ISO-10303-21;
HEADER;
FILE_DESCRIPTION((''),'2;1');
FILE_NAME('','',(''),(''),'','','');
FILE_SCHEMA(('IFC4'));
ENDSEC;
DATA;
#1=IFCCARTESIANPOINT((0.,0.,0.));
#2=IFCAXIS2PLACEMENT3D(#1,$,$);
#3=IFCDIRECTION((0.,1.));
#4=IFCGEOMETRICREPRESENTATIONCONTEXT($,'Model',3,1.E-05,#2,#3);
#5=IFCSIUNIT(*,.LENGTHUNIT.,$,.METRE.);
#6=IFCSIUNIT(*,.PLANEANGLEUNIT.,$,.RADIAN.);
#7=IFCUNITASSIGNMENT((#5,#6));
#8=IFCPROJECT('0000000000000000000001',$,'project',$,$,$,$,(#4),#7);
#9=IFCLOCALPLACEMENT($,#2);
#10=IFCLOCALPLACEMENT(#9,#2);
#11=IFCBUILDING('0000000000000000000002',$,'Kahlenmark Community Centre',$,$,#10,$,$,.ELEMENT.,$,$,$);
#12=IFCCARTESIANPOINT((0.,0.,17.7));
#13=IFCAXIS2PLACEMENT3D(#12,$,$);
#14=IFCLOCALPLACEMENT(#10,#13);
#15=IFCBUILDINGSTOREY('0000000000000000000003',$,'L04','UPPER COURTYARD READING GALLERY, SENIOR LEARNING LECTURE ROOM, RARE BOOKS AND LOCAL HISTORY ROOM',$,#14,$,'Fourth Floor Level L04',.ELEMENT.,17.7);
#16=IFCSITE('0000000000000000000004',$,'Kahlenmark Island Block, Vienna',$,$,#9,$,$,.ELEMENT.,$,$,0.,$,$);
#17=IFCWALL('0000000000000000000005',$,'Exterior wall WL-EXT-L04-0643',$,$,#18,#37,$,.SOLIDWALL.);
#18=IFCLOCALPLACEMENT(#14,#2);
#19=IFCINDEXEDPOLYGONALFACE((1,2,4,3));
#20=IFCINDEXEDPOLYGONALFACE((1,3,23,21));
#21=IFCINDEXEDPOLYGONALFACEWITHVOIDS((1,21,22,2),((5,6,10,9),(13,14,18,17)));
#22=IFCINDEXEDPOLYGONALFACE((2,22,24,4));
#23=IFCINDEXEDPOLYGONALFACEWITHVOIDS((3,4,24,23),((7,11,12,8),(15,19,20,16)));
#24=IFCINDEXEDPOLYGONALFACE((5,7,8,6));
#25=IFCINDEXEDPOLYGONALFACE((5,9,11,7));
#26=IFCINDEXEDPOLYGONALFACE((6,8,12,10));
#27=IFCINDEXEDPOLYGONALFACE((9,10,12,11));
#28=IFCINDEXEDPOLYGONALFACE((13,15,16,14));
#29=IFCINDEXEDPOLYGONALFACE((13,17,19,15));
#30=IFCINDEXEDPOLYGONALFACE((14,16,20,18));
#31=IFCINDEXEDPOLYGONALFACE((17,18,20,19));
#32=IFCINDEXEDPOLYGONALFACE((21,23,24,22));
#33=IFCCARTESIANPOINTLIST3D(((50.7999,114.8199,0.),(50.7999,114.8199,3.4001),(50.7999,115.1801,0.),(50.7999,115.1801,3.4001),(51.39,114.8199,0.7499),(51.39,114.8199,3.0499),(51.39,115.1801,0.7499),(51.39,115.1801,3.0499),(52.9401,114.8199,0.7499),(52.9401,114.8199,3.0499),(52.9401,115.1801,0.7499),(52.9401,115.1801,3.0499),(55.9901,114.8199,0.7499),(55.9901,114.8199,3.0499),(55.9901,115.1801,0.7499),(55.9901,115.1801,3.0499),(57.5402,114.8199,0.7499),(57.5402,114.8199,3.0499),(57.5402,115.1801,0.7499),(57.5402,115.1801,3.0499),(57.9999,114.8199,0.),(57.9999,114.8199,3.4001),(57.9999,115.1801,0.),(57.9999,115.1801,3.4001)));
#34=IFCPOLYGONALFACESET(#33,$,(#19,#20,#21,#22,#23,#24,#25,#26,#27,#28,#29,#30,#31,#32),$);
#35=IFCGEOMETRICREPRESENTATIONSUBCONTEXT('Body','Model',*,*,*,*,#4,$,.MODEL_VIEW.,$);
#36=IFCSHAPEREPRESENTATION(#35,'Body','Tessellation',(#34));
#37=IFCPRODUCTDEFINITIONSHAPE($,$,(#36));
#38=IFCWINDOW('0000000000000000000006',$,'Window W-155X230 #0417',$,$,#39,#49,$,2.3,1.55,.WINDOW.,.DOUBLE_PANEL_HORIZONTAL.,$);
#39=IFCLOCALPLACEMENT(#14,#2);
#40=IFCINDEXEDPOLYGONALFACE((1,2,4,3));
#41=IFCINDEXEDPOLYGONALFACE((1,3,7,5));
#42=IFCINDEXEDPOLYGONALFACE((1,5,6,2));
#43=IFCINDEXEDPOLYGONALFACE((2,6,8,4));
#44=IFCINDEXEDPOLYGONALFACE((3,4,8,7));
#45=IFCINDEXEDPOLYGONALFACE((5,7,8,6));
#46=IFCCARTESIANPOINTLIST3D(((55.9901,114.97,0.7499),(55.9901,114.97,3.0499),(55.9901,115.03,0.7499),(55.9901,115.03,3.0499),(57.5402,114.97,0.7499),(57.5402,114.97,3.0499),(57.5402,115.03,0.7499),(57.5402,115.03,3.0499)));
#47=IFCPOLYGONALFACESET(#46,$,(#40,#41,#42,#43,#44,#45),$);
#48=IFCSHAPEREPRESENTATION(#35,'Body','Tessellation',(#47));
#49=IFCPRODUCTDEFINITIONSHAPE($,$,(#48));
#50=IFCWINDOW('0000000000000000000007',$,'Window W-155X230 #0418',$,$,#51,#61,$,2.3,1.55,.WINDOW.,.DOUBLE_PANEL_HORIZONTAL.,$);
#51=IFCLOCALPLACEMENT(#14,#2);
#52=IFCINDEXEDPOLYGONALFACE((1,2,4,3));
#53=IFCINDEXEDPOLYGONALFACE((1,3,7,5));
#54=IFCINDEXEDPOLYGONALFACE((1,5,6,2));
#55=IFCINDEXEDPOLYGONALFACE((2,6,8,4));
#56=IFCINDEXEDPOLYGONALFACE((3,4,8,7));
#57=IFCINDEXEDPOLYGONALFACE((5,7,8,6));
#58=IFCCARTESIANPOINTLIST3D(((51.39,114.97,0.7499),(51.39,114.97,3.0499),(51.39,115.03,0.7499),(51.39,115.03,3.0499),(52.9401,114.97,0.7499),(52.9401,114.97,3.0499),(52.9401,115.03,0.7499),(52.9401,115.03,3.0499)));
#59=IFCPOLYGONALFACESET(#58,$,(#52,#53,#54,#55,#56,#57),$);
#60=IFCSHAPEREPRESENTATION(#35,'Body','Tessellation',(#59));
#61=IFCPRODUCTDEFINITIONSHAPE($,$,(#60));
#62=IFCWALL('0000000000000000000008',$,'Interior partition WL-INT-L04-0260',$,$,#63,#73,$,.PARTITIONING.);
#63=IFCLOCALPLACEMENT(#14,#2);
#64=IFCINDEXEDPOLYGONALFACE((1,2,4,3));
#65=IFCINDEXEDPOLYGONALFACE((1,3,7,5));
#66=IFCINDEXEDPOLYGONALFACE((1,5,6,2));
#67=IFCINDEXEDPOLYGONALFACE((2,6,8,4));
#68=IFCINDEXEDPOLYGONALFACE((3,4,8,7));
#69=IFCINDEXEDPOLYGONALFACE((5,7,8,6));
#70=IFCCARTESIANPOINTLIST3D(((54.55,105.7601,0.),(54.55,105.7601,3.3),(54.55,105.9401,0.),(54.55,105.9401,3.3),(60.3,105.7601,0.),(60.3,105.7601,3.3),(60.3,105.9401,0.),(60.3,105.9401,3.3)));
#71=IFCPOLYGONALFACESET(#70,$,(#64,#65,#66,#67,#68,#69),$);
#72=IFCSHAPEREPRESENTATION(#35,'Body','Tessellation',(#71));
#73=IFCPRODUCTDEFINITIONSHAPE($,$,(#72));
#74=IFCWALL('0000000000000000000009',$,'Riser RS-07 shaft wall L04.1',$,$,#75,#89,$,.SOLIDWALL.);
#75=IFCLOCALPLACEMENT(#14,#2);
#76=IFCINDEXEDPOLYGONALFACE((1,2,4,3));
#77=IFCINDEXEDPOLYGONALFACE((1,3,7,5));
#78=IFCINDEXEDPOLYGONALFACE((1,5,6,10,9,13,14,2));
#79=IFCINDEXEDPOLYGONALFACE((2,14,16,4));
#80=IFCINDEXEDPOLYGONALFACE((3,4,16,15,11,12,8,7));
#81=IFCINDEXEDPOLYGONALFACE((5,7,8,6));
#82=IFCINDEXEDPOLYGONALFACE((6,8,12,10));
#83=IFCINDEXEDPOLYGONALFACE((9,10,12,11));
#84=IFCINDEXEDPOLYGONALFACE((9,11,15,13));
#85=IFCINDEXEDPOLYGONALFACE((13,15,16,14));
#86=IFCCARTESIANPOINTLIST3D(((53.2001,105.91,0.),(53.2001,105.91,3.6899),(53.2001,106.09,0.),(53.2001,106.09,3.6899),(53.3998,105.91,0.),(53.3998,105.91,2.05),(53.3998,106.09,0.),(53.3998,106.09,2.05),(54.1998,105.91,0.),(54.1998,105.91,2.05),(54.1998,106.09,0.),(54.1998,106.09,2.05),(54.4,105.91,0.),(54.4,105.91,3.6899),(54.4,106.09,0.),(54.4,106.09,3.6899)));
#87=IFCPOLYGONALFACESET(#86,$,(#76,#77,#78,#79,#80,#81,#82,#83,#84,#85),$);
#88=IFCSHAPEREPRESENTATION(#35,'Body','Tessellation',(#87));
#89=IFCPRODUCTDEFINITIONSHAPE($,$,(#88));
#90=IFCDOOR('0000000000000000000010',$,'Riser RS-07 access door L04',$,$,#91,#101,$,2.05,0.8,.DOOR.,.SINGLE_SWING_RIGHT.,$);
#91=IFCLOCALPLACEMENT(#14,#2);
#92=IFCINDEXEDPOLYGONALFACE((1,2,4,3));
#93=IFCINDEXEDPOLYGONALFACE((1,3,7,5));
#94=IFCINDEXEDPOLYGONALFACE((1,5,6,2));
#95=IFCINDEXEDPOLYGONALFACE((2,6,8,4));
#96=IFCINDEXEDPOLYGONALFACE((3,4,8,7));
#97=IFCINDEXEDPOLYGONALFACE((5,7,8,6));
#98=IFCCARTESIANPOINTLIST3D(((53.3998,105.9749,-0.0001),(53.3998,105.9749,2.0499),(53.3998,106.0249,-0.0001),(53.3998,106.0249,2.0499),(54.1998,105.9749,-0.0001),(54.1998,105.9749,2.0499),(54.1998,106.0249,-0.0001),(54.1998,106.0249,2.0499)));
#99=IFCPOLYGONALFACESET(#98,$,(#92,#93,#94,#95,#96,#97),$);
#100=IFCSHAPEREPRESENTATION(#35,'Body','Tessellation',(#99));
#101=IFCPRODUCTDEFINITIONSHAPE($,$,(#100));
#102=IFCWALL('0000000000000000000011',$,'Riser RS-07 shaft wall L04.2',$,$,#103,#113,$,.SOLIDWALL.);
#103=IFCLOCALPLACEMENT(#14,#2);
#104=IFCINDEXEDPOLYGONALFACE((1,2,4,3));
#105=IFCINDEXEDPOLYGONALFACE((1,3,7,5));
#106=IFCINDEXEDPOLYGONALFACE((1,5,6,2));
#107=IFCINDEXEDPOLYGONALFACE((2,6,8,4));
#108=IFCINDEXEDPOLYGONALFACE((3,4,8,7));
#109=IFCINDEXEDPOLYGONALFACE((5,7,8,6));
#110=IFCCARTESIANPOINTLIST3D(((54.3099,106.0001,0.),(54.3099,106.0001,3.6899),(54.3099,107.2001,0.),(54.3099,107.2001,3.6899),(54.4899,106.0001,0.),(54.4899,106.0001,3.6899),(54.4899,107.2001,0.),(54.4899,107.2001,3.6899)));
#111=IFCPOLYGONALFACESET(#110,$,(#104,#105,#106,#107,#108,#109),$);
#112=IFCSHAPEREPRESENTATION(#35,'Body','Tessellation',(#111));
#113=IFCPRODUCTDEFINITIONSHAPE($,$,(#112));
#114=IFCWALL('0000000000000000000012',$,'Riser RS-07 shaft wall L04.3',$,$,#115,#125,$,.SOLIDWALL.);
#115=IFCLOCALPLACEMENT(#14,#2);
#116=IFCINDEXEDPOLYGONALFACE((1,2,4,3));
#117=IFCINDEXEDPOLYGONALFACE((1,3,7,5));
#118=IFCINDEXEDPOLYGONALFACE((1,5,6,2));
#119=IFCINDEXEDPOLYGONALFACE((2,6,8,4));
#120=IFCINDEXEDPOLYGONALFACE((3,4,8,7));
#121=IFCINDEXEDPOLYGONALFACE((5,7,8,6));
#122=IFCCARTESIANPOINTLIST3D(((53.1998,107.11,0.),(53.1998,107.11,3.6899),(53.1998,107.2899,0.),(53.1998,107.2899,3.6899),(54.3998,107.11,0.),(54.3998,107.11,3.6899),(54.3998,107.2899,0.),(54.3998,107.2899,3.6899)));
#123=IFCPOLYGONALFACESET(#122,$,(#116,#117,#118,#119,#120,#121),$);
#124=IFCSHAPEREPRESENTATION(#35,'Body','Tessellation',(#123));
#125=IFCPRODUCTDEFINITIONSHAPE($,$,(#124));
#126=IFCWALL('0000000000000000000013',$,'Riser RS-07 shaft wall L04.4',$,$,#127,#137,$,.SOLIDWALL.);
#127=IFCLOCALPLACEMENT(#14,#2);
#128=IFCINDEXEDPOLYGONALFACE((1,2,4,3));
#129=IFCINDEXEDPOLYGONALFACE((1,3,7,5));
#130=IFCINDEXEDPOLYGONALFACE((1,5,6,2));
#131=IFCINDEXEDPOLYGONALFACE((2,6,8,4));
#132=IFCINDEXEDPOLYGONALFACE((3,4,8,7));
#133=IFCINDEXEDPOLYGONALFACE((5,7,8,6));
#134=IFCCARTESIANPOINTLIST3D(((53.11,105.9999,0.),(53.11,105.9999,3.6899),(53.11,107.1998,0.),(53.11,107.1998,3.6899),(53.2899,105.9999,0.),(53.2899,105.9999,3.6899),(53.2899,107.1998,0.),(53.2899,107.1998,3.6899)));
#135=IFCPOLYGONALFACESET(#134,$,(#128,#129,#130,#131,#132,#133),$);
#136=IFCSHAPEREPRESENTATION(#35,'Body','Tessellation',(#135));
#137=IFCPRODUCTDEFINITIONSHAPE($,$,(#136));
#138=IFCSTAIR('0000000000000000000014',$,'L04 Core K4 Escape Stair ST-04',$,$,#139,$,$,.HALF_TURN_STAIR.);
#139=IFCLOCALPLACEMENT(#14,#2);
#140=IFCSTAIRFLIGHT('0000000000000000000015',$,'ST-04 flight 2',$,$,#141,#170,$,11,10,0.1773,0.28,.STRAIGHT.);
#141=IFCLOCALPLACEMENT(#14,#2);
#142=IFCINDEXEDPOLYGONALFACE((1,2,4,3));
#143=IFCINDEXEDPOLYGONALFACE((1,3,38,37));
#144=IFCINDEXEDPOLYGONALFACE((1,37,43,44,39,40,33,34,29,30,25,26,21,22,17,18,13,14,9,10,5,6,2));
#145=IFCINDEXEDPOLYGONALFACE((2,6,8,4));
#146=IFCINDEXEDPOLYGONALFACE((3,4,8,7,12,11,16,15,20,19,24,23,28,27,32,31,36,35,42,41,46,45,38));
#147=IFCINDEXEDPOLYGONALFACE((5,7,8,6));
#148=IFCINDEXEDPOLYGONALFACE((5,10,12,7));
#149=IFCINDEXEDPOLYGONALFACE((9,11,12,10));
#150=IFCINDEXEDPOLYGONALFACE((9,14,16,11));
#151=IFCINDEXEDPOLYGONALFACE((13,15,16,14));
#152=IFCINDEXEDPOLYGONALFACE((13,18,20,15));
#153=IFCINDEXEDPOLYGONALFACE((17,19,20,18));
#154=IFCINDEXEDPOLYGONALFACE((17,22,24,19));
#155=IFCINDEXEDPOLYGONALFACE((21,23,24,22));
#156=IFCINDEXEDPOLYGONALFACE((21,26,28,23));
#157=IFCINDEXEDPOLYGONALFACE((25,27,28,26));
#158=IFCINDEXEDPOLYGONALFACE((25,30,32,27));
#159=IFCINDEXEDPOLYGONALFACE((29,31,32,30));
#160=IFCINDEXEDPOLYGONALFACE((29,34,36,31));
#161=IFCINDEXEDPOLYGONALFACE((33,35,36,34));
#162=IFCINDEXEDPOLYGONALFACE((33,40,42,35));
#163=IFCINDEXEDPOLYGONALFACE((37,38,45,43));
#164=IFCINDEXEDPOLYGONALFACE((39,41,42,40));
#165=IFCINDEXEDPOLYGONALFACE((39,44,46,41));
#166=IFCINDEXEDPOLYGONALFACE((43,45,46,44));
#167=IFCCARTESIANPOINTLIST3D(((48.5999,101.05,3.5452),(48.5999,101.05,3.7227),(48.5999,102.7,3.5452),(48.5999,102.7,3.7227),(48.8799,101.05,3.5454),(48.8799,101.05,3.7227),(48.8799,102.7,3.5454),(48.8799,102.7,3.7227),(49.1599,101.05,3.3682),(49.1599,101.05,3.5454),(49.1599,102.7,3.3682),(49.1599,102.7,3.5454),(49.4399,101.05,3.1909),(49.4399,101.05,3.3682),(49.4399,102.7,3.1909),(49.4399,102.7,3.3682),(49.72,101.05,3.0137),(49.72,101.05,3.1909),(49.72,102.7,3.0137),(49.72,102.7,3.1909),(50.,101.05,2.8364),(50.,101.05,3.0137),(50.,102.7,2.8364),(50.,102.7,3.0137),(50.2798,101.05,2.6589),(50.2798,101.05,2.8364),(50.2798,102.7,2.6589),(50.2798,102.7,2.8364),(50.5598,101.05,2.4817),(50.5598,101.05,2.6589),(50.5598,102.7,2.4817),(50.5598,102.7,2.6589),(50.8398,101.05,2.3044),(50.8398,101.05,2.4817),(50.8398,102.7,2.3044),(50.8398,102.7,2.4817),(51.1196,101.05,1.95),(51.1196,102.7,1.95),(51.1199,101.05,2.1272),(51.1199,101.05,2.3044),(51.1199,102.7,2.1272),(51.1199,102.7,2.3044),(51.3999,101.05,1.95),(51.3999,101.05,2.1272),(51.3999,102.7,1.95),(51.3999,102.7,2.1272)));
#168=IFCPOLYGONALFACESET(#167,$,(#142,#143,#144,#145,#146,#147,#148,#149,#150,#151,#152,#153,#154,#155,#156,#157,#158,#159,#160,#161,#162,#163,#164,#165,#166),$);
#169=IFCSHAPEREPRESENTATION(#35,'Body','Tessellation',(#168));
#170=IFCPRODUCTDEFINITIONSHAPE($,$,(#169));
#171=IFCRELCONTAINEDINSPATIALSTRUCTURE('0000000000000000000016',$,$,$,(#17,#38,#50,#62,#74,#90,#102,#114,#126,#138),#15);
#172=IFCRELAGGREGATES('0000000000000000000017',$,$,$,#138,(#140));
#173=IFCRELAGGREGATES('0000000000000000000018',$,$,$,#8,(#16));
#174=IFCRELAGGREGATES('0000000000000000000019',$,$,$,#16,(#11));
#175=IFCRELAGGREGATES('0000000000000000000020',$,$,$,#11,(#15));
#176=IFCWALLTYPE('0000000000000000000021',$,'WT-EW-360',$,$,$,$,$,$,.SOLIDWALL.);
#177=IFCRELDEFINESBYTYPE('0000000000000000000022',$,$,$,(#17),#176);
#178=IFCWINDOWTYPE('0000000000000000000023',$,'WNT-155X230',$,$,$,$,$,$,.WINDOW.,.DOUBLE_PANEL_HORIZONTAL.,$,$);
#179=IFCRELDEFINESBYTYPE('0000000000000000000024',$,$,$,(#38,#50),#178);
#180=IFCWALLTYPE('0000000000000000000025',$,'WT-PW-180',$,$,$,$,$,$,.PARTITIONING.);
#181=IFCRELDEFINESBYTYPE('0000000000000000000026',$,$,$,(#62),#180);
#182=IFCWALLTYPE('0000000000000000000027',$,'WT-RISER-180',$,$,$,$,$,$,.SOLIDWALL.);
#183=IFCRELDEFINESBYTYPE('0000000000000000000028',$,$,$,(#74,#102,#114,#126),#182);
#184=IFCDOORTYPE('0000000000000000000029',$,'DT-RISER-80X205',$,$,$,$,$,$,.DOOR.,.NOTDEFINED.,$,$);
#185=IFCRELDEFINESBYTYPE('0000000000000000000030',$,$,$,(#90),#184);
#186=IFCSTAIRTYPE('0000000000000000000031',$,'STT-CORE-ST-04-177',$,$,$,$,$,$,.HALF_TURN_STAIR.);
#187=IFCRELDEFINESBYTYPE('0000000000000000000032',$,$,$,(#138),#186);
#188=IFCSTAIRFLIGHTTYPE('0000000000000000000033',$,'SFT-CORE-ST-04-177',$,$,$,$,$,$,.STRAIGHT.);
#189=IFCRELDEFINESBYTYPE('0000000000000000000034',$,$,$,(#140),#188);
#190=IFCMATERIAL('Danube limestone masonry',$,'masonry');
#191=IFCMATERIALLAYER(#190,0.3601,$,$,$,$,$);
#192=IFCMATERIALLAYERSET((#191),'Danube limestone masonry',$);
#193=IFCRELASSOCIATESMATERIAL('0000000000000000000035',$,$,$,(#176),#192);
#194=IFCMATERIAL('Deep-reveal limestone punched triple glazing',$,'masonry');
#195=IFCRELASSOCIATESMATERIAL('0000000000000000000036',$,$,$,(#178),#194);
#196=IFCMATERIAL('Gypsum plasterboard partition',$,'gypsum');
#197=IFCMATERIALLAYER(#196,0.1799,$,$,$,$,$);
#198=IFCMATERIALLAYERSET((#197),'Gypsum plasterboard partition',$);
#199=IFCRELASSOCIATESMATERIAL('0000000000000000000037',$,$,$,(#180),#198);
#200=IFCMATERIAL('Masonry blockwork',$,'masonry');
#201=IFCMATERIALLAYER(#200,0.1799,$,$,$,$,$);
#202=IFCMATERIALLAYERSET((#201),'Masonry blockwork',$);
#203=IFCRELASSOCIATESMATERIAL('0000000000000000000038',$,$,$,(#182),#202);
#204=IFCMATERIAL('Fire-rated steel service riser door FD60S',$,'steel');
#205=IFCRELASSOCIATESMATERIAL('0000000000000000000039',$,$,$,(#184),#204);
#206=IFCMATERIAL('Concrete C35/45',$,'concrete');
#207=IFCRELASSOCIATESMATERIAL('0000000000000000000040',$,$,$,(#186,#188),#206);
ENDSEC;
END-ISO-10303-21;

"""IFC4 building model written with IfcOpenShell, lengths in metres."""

from ifc_helpers import new_model, si_unit, direction, frame, frame_2d, origin, place, context, subcontext, project, spatial, polyline, rectangle, outline, extrude, material, layer, layer_set, type_object, element, fill, aggregate, save


model = new_model("IFC4")

# Units and contexts
model_context = context("Model", 3, precision=1e-05, world=origin(), true_north=direction((0.0, 1.0)))
body_context = subcontext(model_context, "Body", "Model", "MODEL_VIEW")
ifc_project = project(units=[si_unit("LENGTHUNIT", "METRE"), si_unit("PLANEANGLEUNIT", "RADIAN")], contexts=[model_context])

# Site, building, storey
site_placement = place(None, origin())
site = spatial("IfcSite", under=ifc_project, at=site_placement, Name="Kahlenmark Island Block, Vienna", CompositionType="ELEMENT", RefElevation=0.0)
building_placement = place(site_placement, origin())
building = spatial("IfcBuilding", under=site, at=building_placement, Name="Kahlenmark Community Centre", CompositionType="ELEMENT")
storey_placement = place(building_placement, frame((0.0, 0.0, 17.7)))
storey = spatial("IfcBuildingStorey", under=building, at=storey_placement, Name="L04", Description="UPPER COURTYARD READING GALLERY, SENIOR LEARNING LECTURE ROOM, RARE BOOKS AND LOCAL HISTORY ROOM", LongName="Fourth Floor Level L04", CompositionType="ELEMENT", Elevation=17.7)

# Shared definitions
ifc_material_1 = material(Name="Concrete C35/45", Category="concrete")

# Wall, openings, windows
ifc_material_2 = material(Name="Danube limestone masonry", Category="masonry")
ifc_layer_1 = layer(ifc_material_2, 0.3601)
ifc_layer_set_1 = layer_set([ifc_layer_1], Name="Danube limestone masonry")
wall_type_1 = type_object("IfcWallType", Name="WT-EW-360", PredefinedType="SOLIDWALL", material=ifc_layer_set_1)
ifc_material_3 = material(Name="Deep-reveal limestone punched triple glazing", Category="masonry")
wall_1_placement = place(storey_placement, frame((58.0, 115.0, 0.0), z_axis=(0.0, 0.0, 1.0), x_axis=(-1.0, 0.0, 0.0)))
wall_1 = element("IfcWall", 1, at=wall_1_placement, inside=storey, type_object=wall_type_1, Name="Exterior wall WL-EXT-L04-0643", PredefinedType="SOLIDWALL", context=body_context, shape_type="SweptSolid", body=[
    extrude(rectangle(XDim=7.2, YDim=0.3601, at=frame_2d((3.6001, 0.0))), origin(), (0.0, 0.0, 1.0), 3.4001),
])
opening_1_placement = place(wall_1_placement, frame((0.46, 0.0, 0.75)))
opening_1 = element("IfcOpeningElement", 2, at=opening_1_placement, cuts=wall_1, PredefinedType="OPENING", context=body_context, shape_type="SweptSolid", body=[
    extrude(rectangle(XDim=1.55, YDim=2.3, at=frame_2d((0.7749, 1.1499))), frame((0.0, 0.1899, 0.0), z_axis=(0.0, -1.0, 0.0), x_axis=(1.0, 0.0, 0.0)), (0.0, 0.0, 1.0), 0.3801),
])
opening_2_placement = place(wall_1_placement, frame((5.0601, 0.0, 0.75)))
opening_2 = element("IfcOpeningElement", 3, at=opening_2_placement, cuts=wall_1, PredefinedType="OPENING", context=body_context, shape_type="SweptSolid", body=[
    extrude(rectangle(XDim=1.55, YDim=2.3, at=frame_2d((0.7749, 1.1499))), frame((0.0, 0.1899, 0.0), z_axis=(0.0, -1.0, 0.0), x_axis=(1.0, 0.0, 0.0)), (0.0, 0.0, 1.0), 0.3801),
])
window_type_1 = type_object("IfcWindowType", Name="WNT-155X230", PartitioningType="DOUBLE_PANEL_HORIZONTAL", PredefinedType="WINDOW", material=ifc_material_3)
window_1_placement = place(opening_1_placement, origin())
window_1 = element("IfcWindow", 4, at=window_1_placement, inside=storey, type_object=window_type_1, Name="Window W-155X230 #0417", OverallHeight=2.3, OverallWidth=1.55, PartitioningType="DOUBLE_PANEL_HORIZONTAL", PredefinedType="WINDOW", context=body_context, shape_type="SweptSolid", body=[
    extrude(rectangle(XDim=1.55, YDim=2.3, at=frame_2d((0.7749, 1.1499))), frame((0.0, 0.03, 0.0), z_axis=(0.0, -1.0, 0.0), x_axis=(1.0, 0.0, 0.0)), (0.0, 0.0, 1.0), 0.0601),
])
fill(opening_1, window_1)
window_2_placement = place(opening_2_placement, origin())
window_2 = element("IfcWindow", 5, at=window_2_placement, inside=storey, type_object=window_type_1, Name="Window W-155X230 #0418", OverallHeight=2.3, OverallWidth=1.55, PartitioningType="DOUBLE_PANEL_HORIZONTAL", PredefinedType="WINDOW", context=body_context, shape_type="SweptSolid", body=[
    extrude(rectangle(XDim=1.55, YDim=2.3, at=frame_2d((0.7749, 1.1499))), frame((0.0, 0.03, 0.0), z_axis=(0.0, -1.0, 0.0), x_axis=(1.0, 0.0, 0.0)), (0.0, 0.0, 1.0), 0.0601),
])
fill(opening_2, window_2)

# Wall
ifc_material_4 = material(Name="Gypsum plasterboard partition", Category="gypsum")
ifc_layer_2 = layer(ifc_material_4, 0.1799)
ifc_layer_set_2 = layer_set([ifc_layer_2], Name="Gypsum plasterboard partition")
wall_type_2 = type_object("IfcWallType", Name="WT-PW-180", PredefinedType="PARTITIONING", material=ifc_layer_set_2)
wall_2_placement = place(storey_placement, frame((54.55, 105.8501, 0.0), z_axis=(0.0, 0.0, 1.0), x_axis=(1.0, 0.0, 0.0)))
element("IfcWall", 6, at=wall_2_placement, inside=storey, type_object=wall_type_2, Name="Interior partition WL-INT-L04-0260", PredefinedType="PARTITIONING", context=body_context, shape_type="SweptSolid", body=[
    extrude(rectangle(XDim=5.75, YDim=0.1799, at=frame_2d((2.875, 0.0))), origin(), (0.0, 0.0, 1.0), 3.3),
])

# Wall, opening, door
ifc_material_5 = material(Name="Masonry blockwork", Category="masonry")
ifc_layer_3 = layer(ifc_material_5, 0.1799)
ifc_layer_set_3 = layer_set([ifc_layer_3], Name="Masonry blockwork")
wall_type_3 = type_object("IfcWallType", Name="WT-RISER-180", PredefinedType="SOLIDWALL", material=ifc_layer_set_3)
wall_3_placement = place(storey_placement, frame((53.2, 106.0, 0.0), z_axis=(0.0, 0.0, 1.0), x_axis=(1.0, 0.0, 0.0)))
wall_3 = element("IfcWall", 7, at=wall_3_placement, inside=storey, type_object=wall_type_3, Name="Riser RS-07 shaft wall L04.1", PredefinedType="SOLIDWALL", context=body_context, shape_type="SweptSolid", body=[
    extrude(rectangle(XDim=1.2, YDim=0.1799, at=frame_2d((0.6001, 0.0))), origin(), (0.0, 0.0, 1.0), 3.6899),
])
opening_3_placement = place(wall_3_placement, frame((0.2, 0.0, -0.01)))
opening_3 = element("IfcOpeningElement", 8, at=opening_3_placement, cuts=wall_3, PredefinedType="OPENING", context=body_context, shape_type="SweptSolid", body=[
    extrude(rectangle(XDim=0.8, YDim=2.0601, at=frame_2d((0.3999, 1.03))), frame((0.0, 0.0999, 0.0), z_axis=(0.0, -1.0, 0.0), x_axis=(1.0, 0.0, 0.0)), (0.0, 0.0, 1.0), 0.2),
])
ifc_material_6 = material(Name="Fire-rated steel service riser door FD60S", Category="steel")
door_type_1 = type_object("IfcDoorType", Name="DT-RISER-80X205", OperationType="NOTDEFINED", PredefinedType="DOOR", material=ifc_material_6)
door_1_placement = place(opening_3_placement, frame((0.0, 0.0, 0.01)))
door_1 = element("IfcDoor", 9, at=door_1_placement, inside=storey, type_object=door_type_1, Name="Riser RS-07 access door L04", OperationType="SINGLE_SWING_RIGHT", OverallHeight=2.05, OverallWidth=0.8, PredefinedType="DOOR", context=body_context, shape_type="SweptSolid", body=[
    extrude(rectangle(XDim=0.8, YDim=2.05, at=frame_2d((0.3999, 1.0249))), frame((0.0, 0.0249, 0.0), z_axis=(0.0, -1.0, 0.0), x_axis=(1.0, 0.0, 0.0)), (0.0, 0.0, 1.0), 0.05),
])
fill(opening_3, door_1)

# Walls
for number, where, z_axis, x_axis, name in (
    (10, (54.3999, 106.0, 0.0), (0.0, 0.0, 1.0), (0.0, 1.0, 0.0), "Riser RS-07 shaft wall L04.2"),
    (11, (54.3999, 107.2, 0.0), (0.0, 0.0, 1.0), (-1.0, 0.0, 0.0), "Riser RS-07 shaft wall L04.3"),
    (12, (53.2, 107.2, 0.0), (0.0, 0.0, 1.0), (0.0, -1.0, 0.0), "Riser RS-07 shaft wall L04.4"),
):
    element("IfcWall", number, at=place(storey_placement, frame(where, z_axis=z_axis, x_axis=x_axis)), inside=storey, type_object=wall_type_3, Name=name, PredefinedType="SOLIDWALL", context=body_context, shape_type="SweptSolid", body=[
        extrude(rectangle(XDim=1.2, YDim=0.1799, at=frame_2d((0.6001, 0.0))), origin(), (0.0, 0.0, 1.0), 3.6899),
    ])

# Stair, stair flight
stair_type = type_object("IfcStairType", Name="STT-CORE-ST-04-177", PredefinedType="HALF_TURN_STAIR", material=ifc_material_1)
stair_placement = place(storey_placement, origin())
stair = element("IfcStair", 13, at=stair_placement, inside=storey, type_object=stair_type, Name="L04 Core K4 Escape Stair ST-04", PredefinedType="HALF_TURN_STAIR")
stair_flight_type = type_object("IfcStairFlightType", Name="SFT-CORE-ST-04-177", PredefinedType="STRAIGHT", material=ifc_material_1)
stair_flight_placement = place(storey_placement, frame((51.3999, 101.875, 1.95), z_axis=(0.0, 0.0, 1.0), x_axis=(-1.0, 0.0, 0.0)))
stair_flight = element("IfcStairFlight", 14, at=stair_flight_placement, type_object=stair_flight_type, Name="ST-04 flight 2", NumberOfRisers=11, NumberOfTreads=10, PredefinedType="STRAIGHT", RiserHeight=0.1773, TreadLength=0.28, context=body_context, shape_type="SweptSolid", body=[
    extrude(outline(polyline([(0.0, 0.0), (0.0, 0.1772), (0.28, 0.1772), (0.28, 0.3545), (0.5601, 0.3545), (0.5601, 0.5317), (0.8401, 0.5317), (0.8401, 0.709), (1.1201, 0.709), (1.1201, 0.8865), (1.3999, 0.8865), (1.3999, 1.0637), (1.6799, 1.0637), (1.6799, 1.241), (1.96, 1.241), (1.96, 1.4182), (2.24, 1.4182), (2.24, 1.5955), (2.52, 1.5955), (2.52, 1.7727), (2.8, 1.7727), (2.8, 1.95), (2.8, 1.5952), (0.2803, 0.0), (0.0, 0.0)])), frame((0.0, 0.825, 0.0), z_axis=(0.0, -1.0, 0.0), x_axis=(1.0, 0.0, 0.0)), (0.0, 0.0, 1.0), 1.6499),
])
aggregate(stair, [stair_flight])

save(model, "model.ifc")
